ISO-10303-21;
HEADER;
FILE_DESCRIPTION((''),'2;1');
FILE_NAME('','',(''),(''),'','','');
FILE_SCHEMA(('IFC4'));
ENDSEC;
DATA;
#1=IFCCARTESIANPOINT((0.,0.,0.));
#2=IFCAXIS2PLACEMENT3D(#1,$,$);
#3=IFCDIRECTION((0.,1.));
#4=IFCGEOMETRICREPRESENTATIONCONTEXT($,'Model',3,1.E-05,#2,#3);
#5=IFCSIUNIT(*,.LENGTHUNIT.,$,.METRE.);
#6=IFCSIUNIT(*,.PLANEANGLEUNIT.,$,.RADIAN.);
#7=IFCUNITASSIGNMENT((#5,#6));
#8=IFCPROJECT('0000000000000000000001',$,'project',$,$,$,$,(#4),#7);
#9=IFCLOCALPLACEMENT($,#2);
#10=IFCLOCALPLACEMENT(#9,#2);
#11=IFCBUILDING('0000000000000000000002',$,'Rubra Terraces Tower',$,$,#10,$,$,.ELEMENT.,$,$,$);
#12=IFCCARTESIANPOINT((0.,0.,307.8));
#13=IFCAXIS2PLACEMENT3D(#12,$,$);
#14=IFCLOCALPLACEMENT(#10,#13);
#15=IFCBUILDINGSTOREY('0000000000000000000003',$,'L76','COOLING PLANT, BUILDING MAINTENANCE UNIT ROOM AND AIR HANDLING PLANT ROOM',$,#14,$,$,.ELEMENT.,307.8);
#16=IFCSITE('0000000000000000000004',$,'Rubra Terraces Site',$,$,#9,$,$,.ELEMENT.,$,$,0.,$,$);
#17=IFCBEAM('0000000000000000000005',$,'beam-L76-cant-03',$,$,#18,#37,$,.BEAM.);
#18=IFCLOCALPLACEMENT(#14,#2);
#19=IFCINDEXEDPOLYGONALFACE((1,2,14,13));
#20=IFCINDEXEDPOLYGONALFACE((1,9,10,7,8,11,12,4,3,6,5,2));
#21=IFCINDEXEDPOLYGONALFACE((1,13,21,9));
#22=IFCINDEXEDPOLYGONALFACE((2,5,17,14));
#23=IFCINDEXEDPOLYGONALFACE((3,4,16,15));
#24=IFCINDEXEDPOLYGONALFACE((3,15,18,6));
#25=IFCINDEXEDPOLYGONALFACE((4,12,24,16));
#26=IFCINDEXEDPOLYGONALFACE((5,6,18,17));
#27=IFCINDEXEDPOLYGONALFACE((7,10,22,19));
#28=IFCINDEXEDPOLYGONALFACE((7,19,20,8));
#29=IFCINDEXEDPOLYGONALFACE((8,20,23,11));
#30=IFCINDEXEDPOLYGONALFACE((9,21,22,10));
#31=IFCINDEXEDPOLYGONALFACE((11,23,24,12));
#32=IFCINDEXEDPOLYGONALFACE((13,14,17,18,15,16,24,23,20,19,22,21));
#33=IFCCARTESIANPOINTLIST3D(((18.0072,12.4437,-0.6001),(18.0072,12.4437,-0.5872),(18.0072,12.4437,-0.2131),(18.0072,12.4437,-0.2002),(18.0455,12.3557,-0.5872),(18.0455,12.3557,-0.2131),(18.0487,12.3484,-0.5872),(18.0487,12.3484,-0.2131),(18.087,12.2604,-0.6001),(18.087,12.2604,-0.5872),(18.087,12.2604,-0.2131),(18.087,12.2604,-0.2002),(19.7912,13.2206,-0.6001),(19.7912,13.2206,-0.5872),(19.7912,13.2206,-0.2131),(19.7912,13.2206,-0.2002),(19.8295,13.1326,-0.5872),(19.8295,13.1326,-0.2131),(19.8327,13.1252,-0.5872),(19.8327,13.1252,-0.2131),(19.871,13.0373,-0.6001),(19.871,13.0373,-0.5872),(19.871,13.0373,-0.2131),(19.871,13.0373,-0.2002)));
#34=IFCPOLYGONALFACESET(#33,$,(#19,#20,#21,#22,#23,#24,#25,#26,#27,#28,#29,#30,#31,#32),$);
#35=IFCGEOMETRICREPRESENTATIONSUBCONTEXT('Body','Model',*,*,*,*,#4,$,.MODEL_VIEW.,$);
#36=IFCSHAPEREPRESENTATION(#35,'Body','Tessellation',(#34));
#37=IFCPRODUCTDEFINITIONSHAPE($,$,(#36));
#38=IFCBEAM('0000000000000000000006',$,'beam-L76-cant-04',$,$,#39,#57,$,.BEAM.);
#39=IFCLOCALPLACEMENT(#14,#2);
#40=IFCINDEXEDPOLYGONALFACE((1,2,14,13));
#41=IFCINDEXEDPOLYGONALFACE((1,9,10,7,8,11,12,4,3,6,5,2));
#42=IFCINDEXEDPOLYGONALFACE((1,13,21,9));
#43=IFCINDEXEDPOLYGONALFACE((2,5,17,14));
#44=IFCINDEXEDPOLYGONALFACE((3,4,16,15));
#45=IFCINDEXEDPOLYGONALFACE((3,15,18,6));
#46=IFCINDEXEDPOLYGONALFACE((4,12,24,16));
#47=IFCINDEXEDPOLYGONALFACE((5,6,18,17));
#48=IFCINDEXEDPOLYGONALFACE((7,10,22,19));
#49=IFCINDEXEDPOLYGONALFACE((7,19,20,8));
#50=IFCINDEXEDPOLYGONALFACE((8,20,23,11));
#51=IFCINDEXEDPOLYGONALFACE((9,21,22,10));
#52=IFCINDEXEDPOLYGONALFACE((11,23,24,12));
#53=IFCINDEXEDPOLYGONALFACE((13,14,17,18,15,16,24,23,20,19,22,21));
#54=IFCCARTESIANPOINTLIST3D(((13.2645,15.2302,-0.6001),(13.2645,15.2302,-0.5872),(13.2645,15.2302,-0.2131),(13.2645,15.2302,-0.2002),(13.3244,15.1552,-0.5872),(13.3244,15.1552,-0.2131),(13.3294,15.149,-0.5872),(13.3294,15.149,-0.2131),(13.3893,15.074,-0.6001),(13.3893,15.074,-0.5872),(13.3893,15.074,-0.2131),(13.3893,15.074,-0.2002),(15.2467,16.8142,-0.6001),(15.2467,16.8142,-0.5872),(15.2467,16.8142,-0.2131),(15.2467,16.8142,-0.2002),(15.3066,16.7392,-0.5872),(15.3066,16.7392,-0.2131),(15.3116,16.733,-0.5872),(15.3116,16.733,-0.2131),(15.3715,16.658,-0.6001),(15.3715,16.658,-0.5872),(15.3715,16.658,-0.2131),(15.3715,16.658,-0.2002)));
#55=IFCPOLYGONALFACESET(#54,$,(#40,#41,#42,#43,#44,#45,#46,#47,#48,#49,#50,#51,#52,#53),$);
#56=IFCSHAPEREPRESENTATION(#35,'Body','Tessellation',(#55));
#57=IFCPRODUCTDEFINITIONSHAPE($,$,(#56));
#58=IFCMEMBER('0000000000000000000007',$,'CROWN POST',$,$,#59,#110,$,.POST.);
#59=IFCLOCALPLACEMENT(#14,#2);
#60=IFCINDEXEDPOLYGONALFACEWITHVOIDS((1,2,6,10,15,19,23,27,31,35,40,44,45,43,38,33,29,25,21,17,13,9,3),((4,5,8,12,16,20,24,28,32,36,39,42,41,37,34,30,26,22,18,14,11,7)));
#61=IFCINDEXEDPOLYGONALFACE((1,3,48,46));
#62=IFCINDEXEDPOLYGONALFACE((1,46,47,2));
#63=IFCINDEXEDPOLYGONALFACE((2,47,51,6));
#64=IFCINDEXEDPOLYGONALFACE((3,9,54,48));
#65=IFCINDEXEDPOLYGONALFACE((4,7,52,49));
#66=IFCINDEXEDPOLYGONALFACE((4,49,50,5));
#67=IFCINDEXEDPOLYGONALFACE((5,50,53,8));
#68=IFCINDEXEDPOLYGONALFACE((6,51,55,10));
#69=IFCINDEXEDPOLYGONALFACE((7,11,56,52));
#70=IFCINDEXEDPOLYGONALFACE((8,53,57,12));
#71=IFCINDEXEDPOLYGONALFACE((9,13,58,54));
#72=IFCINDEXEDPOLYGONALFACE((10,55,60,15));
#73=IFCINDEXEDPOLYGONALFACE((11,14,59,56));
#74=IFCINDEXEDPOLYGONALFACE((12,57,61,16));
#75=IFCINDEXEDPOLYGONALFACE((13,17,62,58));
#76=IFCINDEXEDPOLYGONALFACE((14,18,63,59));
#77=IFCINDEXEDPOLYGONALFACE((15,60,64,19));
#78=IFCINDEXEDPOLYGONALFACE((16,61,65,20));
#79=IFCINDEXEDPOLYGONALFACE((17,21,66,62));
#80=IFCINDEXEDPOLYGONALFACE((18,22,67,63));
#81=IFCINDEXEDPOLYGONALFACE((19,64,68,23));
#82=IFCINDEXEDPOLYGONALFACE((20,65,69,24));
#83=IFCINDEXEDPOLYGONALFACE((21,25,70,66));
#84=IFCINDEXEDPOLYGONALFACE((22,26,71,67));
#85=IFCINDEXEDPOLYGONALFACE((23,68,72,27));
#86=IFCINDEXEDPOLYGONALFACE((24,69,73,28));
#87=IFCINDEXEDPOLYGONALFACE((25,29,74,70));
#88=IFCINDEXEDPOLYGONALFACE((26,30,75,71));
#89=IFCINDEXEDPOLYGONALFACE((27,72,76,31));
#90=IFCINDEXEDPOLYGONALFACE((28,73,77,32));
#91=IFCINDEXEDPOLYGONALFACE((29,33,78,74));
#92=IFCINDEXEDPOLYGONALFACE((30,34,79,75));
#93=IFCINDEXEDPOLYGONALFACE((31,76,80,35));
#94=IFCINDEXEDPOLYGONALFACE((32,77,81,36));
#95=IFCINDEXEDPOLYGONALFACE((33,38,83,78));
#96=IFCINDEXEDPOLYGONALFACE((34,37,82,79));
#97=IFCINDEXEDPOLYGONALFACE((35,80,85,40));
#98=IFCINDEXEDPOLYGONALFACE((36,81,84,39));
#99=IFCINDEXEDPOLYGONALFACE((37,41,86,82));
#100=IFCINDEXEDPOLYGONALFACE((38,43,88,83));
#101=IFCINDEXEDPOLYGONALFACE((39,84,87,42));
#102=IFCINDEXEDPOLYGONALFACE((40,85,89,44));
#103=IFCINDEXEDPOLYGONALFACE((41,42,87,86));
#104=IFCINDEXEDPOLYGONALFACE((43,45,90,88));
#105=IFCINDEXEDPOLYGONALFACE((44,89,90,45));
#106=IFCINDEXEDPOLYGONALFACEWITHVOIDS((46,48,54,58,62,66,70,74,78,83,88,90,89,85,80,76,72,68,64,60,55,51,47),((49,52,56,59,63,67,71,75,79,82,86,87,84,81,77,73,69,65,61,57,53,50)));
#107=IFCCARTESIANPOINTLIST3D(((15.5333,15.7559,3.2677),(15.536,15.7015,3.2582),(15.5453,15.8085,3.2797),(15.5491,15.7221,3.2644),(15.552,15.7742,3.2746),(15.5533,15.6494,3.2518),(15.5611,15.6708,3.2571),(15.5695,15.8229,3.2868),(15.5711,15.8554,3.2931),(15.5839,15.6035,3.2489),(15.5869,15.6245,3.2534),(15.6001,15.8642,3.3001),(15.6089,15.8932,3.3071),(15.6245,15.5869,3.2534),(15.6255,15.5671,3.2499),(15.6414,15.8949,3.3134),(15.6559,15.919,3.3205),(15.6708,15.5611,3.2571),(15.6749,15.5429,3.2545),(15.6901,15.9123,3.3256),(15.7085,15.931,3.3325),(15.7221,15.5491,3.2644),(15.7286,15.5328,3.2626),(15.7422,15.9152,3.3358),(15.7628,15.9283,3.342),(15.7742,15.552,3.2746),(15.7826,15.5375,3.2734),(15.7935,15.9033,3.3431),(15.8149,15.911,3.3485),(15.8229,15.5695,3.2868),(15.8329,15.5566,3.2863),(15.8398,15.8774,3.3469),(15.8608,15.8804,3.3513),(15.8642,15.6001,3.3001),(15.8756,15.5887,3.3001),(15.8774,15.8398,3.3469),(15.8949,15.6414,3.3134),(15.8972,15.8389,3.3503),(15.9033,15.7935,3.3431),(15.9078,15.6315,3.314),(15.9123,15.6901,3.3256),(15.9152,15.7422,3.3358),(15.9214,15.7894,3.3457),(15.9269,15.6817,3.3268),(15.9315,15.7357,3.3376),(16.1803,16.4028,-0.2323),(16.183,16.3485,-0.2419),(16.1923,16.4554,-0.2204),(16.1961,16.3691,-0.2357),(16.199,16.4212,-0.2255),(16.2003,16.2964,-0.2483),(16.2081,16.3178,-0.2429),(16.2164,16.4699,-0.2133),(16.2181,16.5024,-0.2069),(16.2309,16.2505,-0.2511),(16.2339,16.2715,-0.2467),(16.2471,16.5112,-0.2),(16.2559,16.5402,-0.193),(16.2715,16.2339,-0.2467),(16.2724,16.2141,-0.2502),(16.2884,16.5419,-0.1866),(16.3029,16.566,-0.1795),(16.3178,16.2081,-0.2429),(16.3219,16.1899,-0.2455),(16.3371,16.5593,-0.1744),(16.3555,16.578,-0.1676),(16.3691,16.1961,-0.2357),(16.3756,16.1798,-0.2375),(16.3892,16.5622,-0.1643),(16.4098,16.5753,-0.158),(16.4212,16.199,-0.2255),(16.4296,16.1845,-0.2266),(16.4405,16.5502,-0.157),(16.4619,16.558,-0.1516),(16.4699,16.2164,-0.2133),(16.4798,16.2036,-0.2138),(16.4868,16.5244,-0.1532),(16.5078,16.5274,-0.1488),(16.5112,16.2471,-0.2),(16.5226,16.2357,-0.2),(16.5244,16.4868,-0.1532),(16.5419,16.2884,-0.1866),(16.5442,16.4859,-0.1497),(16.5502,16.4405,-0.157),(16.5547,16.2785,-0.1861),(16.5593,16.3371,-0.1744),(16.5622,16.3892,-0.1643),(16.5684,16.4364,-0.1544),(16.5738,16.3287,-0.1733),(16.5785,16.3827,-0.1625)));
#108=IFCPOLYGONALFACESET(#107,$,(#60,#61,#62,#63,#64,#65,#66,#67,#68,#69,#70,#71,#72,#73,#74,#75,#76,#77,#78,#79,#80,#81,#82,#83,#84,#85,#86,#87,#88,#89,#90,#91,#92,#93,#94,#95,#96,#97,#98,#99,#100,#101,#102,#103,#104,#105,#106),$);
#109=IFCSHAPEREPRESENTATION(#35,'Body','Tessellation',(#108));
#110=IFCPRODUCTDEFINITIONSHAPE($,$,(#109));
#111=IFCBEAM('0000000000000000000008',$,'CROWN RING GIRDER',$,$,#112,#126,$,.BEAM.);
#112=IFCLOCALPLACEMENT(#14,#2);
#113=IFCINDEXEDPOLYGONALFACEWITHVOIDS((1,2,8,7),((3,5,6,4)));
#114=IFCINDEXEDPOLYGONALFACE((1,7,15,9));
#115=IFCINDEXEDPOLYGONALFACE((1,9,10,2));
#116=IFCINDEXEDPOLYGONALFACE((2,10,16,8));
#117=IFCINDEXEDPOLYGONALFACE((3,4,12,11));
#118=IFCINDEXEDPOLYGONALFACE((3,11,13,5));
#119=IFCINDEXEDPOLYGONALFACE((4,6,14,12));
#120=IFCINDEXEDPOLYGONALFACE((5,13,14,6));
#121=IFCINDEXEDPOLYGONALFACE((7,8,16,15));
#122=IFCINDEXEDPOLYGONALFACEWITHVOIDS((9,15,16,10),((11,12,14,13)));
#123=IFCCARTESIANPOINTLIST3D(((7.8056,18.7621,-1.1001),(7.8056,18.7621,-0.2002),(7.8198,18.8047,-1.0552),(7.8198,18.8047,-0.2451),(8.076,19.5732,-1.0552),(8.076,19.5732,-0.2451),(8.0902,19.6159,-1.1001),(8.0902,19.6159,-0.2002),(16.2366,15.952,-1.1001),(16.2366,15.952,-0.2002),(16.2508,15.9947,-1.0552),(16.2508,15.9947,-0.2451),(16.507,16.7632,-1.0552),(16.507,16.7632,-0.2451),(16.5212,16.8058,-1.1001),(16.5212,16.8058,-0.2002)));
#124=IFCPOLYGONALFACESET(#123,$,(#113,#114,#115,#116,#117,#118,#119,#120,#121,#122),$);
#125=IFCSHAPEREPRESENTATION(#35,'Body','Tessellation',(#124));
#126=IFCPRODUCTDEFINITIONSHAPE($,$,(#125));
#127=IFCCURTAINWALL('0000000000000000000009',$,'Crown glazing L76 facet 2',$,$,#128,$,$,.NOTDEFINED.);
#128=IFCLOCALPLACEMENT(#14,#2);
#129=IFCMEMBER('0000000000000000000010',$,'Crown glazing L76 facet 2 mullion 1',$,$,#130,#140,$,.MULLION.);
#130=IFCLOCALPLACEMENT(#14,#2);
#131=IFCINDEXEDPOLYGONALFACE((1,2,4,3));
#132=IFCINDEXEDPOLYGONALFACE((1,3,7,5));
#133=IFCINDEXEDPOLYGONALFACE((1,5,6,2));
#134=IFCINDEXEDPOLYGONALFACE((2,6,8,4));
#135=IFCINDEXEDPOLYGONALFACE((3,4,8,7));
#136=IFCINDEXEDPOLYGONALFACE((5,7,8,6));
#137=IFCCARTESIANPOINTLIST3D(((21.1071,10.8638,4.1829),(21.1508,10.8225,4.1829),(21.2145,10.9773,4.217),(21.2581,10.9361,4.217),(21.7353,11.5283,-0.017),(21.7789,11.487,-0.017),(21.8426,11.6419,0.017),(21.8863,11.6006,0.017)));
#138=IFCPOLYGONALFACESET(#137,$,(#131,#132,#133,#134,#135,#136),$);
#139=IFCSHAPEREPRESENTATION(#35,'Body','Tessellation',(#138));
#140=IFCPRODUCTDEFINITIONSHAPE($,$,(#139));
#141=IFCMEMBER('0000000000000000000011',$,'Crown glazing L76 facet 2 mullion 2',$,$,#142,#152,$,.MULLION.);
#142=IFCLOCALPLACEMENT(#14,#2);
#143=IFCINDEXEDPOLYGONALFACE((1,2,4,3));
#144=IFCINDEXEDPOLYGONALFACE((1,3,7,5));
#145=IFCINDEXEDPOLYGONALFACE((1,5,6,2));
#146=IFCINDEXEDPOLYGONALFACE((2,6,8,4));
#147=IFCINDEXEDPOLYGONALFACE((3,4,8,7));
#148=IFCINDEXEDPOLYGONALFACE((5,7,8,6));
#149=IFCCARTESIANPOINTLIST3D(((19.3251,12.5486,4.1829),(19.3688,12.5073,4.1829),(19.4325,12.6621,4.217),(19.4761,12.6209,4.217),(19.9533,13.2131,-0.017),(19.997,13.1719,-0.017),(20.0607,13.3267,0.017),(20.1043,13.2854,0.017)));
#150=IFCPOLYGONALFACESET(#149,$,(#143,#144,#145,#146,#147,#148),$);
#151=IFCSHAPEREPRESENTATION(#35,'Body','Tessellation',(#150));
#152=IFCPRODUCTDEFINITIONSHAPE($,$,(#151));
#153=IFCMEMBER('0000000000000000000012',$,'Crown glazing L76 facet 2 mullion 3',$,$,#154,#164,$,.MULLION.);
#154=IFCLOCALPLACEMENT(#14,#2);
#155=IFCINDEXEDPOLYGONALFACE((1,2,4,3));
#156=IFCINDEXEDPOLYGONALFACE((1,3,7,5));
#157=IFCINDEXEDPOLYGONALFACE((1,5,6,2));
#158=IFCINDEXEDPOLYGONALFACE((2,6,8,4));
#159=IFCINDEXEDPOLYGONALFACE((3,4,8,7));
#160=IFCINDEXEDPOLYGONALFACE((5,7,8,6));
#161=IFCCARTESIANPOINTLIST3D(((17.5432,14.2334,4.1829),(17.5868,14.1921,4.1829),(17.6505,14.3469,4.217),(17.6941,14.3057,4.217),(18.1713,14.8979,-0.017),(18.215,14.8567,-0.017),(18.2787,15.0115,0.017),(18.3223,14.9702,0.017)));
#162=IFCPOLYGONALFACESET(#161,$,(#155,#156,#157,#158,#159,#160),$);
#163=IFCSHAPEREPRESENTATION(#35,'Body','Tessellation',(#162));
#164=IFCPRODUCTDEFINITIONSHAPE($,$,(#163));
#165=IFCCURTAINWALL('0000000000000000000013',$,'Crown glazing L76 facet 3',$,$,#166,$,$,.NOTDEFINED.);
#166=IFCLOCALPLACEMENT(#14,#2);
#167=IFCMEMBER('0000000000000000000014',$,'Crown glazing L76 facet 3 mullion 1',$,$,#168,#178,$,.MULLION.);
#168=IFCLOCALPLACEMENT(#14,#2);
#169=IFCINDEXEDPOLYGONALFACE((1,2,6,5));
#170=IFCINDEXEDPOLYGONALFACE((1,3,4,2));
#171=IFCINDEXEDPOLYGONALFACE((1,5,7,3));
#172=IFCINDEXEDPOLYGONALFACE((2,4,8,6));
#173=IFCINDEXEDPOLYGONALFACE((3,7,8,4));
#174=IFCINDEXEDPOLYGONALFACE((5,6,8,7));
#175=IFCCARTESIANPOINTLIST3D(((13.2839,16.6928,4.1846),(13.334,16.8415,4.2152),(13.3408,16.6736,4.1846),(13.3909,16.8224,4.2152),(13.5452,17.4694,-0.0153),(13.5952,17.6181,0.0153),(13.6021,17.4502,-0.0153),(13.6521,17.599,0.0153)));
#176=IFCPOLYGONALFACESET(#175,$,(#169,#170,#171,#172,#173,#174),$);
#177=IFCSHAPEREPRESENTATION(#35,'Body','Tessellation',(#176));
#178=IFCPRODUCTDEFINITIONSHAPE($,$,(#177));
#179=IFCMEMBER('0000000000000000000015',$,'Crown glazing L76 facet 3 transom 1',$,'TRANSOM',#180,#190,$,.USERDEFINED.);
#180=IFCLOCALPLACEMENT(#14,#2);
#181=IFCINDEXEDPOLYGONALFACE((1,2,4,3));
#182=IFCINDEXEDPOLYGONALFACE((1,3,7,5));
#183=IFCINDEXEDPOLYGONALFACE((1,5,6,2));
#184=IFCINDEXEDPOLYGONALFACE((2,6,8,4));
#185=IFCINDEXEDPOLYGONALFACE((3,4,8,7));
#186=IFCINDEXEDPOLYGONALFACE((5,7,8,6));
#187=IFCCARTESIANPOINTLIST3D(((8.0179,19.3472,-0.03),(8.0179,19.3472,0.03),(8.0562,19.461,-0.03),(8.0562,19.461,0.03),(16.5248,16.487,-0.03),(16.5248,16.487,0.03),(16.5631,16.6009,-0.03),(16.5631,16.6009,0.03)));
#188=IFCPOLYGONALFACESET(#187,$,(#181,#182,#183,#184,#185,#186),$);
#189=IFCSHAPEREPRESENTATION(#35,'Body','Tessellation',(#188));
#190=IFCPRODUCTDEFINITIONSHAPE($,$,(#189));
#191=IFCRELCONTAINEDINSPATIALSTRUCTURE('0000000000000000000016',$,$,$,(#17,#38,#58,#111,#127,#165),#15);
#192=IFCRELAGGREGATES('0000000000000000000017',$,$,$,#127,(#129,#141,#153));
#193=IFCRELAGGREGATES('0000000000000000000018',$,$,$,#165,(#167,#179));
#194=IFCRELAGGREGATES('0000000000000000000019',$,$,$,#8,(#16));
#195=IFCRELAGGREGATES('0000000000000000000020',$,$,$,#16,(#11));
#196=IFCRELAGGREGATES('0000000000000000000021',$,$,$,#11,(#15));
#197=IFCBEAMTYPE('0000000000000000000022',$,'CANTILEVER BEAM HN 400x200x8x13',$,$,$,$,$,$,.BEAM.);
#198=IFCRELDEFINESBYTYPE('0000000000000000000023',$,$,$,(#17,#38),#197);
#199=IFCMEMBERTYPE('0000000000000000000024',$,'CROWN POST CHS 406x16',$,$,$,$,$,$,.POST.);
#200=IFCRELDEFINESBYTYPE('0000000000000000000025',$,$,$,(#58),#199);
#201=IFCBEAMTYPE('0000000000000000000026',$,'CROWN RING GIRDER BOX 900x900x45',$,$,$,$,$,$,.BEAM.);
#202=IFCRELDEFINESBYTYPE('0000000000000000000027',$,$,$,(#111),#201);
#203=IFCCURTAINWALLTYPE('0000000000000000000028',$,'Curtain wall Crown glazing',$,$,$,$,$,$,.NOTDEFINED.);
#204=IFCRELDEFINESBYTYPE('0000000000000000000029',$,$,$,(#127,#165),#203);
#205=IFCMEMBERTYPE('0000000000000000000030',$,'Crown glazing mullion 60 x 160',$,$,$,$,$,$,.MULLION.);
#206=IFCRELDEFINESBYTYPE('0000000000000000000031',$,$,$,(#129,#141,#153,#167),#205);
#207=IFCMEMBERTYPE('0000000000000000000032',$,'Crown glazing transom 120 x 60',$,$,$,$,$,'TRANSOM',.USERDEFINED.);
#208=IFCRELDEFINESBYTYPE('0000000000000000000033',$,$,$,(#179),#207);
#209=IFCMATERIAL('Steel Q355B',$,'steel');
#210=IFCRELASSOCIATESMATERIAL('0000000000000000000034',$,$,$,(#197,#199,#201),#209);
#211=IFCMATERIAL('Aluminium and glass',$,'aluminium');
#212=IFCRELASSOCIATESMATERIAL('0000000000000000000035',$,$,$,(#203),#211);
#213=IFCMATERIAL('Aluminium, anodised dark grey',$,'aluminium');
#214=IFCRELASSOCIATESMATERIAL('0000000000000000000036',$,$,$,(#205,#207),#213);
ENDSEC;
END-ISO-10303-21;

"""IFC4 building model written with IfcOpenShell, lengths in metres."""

from ifc_helpers import new_model, si_unit, direction, frame, origin, origin_2d, place, context, subcontext, project, spatial, rectangle, hollow_rectangle, hollow_circle, i_section, extrude, material, material_profile, profile_set, type_object, element, aggregate, save


model = new_model("IFC4")

# Units and contexts
model_context = context("Model", 3, precision=1e-05, world=origin(), true_north=direction((0.0, 1.0)))
body_context = subcontext(model_context, "Body", "Model", "MODEL_VIEW")
ifc_project = project(units=[si_unit("LENGTHUNIT", "METRE"), si_unit("PLANEANGLEUNIT", "RADIAN")], contexts=[model_context])

# Site, building, storey
site_placement = place(None, origin())
site = spatial("IfcSite", under=ifc_project, at=site_placement, Name="Rubra Terraces Site", CompositionType="ELEMENT", RefElevation=0.0)
building_placement = place(site_placement, origin())
building = spatial("IfcBuilding", under=site, at=building_placement, Name="Rubra Terraces Tower", CompositionType="ELEMENT")
storey_placement = place(building_placement, frame((0.0, 0.0, 307.8)))
storey = spatial("IfcBuildingStorey", under=building, at=storey_placement, Name="L76", Description="COOLING PLANT, BUILDING MAINTENANCE UNIT ROOM AND AIR HANDLING PLANT ROOM", CompositionType="ELEMENT", Elevation=307.8)

# Beams
ifc_material_1 = material(Name="Steel Q355B", Category="steel")
ifc_material_profile_1 = material_profile(ifc_material_1, i_section(OverallWidth=0.2, OverallDepth=0.3999, WebThickness=0.0081, FlangeThickness=0.0129, at=origin_2d()), Name="HN 400x200x8x13")
ifc_profile_set_1 = profile_set([ifc_material_profile_1], Name="Steel Q355B")
beam_type_1 = type_object("IfcBeamType", Name="CANTILEVER BEAM HN 400x200x8x13", PredefinedType="BEAM", material=ifc_profile_set_1)
beam_1_placement = place(storey_placement, frame((18.0471, 12.3521, -0.4001), z_axis=(0.916839, 0.399258, 0.0), x_axis=(-0.399258, 0.916839, 0.0)))
element("IfcBeam", 1, at=beam_1_placement, inside=storey, type_object=beam_type_1, Name="beam-L76-cant-03", PredefinedType="BEAM", context=body_context, shape_type="SweptSolid", body=[
    extrude(i_section(OverallWidth=0.2, OverallDepth=0.3999, WebThickness=0.0081, FlangeThickness=0.0129, at=origin_2d()), origin(), (0.0, 0.0, 1.0), 1.9458),
])
beam_2_placement = place(storey_placement, frame((13.3269, 15.1521, -0.4001), z_axis=(0.781207, 0.624273, 0.0), x_axis=(-0.624273, 0.781207, 0.0)))
element("IfcBeam", 2, at=beam_2_placement, inside=storey, type_object=beam_type_1, Name="beam-L76-cant-04", PredefinedType="BEAM", context=body_context, shape_type="SweptSolid", body=[
    extrude(i_section(OverallWidth=0.2, OverallDepth=0.3999, WebThickness=0.0081, FlangeThickness=0.0129, at=origin_2d()), origin(), (0.0, 0.0, 1.0), 2.5374),
])

# Member
ifc_material_profile_2 = material_profile(ifc_material_1, hollow_circle(Radius=0.2029, WallThickness=0.0161, at=origin_2d()), Name="CHS 406x16")
ifc_profile_set_2 = profile_set([ifc_material_profile_2], Name="Steel Q355B")
member_type_1 = type_object("IfcMemberType", Name="CROWN POST CHS 406x16", PredefinedType="POST", material=ifc_profile_set_2)
member_1_placement = place(storey_placement, frame((16.3792, 16.3792, -0.2), z_axis=(-0.178839, -0.178839, 0.967488), x_axis=(0.707107, -0.707107, 0.0)))
element("IfcMember", 3, at=member_1_placement, inside=storey, type_object=member_type_1, Name="CROWN POST", PredefinedType="POST", context=body_context, shape_type="SweptSolid", body=[
    extrude(hollow_circle(Radius=0.2029, WallThickness=0.0161, at=origin_2d()), origin(), (0.0, 0.0, 1.0), 3.6177),
])

# Beam
ifc_material_profile_3 = material_profile(ifc_material_1, hollow_rectangle(XDim=0.8999, YDim=0.8999, WallThickness=0.0449, at=origin_2d()), Name="BOX 900x900x45")
ifc_profile_set_3 = profile_set([ifc_material_profile_3], Name="Steel Q355B")
beam_type_2 = type_object("IfcBeamType", Name="CROWN RING GIRDER BOX 900x900x45", PredefinedType="BEAM", material=ifc_profile_set_3)
beam_3_placement = place(storey_placement, frame((16.3789, 16.3789, -0.6501), z_axis=(-0.948692, 0.316203, 0.0), x_axis=(-0.316203, -0.948692, 0.0)))
element("IfcBeam", 4, at=beam_3_placement, inside=storey, type_object=beam_type_2, Name="CROWN RING GIRDER", PredefinedType="BEAM", context=body_context, shape_type="SweptSolid", body=[
    extrude(hollow_rectangle(XDim=0.8999, YDim=0.8999, WallThickness=0.0449, at=origin_2d()), origin(), (0.0, 0.0, 1.0), 8.887),
])

# Curtain walls, members
ifc_material_2 = material(Name="Aluminium and glass", Category="aluminium")
curtain_wall_type = type_object("IfcCurtainWallType", Name="Curtain wall Crown glazing", PredefinedType="NOTDEFINED", material=ifc_material_2)
curtain_wall_1_placement = place(storey_placement, origin())
curtain_wall_1 = element("IfcCurtainWall", 5, at=curtain_wall_1_placement, inside=storey, type_object=curtain_wall_type, Name="Crown glazing L76 facet 2", PredefinedType="NOTDEFINED")
ifc_material_3 = material(Name="Aluminium, anodised dark grey", Category="aluminium")
ifc_material_profile_4 = material_profile(ifc_material_3, rectangle(XDim=0.0601, YDim=0.1599, at=origin_2d()), Name="AL 60x160")
ifc_profile_set_4 = profile_set([ifc_material_profile_4], Name="Aluminium, anodised dark grey")
member_type_2 = type_object("IfcMemberType", Name="Crown glazing mullion 60 x 160", PredefinedType="MULLION", material=ifc_profile_set_4)
member_2_placement = place(storey_placement, frame((21.8108, 11.5645, 0.0), z_axis=(-0.146143, -0.154606, 0.977108), x_axis=(0.726717, -0.686937, 0.0)))
member_2 = element("IfcMember", 6, at=member_2_placement, type_object=member_type_2, Name="Crown glazing L76 facet 2 mullion 1", PredefinedType="MULLION", context=body_context, shape_type="SweptSolid", body=[
    extrude(rectangle(XDim=0.0601, YDim=0.1599, at=origin_2d()), origin(), (0.0, 0.0, 1.0), 4.2983),
])
member_3_placement = place(storey_placement, frame((20.0288, 13.2493, 0.0), z_axis=(-0.146143, -0.154606, 0.977108), x_axis=(0.726717, -0.686937, 0.0)))
member_3 = element("IfcMember", 7, at=member_3_placement, type_object=member_type_2, Name="Crown glazing L76 facet 2 mullion 2", PredefinedType="MULLION", context=body_context, shape_type="SweptSolid", body=[
    extrude(rectangle(XDim=0.0601, YDim=0.1599, at=origin_2d()), origin(), (0.0, 0.0, 1.0), 4.2983),
])
member_4_placement = place(storey_placement, frame((18.2468, 14.9341, 0.0), z_axis=(-0.146143, -0.154606, 0.977108), x_axis=(0.726717, -0.686937, 0.0)))
member_4 = element("IfcMember", 8, at=member_4_placement, type_object=member_type_2, Name="Crown glazing L76 facet 2 mullion 3", PredefinedType="MULLION", context=body_context, shape_type="SweptSolid", body=[
    extrude(rectangle(XDim=0.0601, YDim=0.1599, at=origin_2d()), origin(), (0.0, 0.0, 1.0), 4.2983),
])
curtain_wall_2_placement = place(storey_placement, origin())
curtain_wall_2 = element("IfcCurtainWall", 9, at=curtain_wall_2_placement, inside=storey, type_object=curtain_wall_type, Name="Crown glazing L76 facet 3", PredefinedType="NOTDEFINED")
member_5_placement = place(storey_placement, frame((13.5986, 17.5342, 0.0), z_axis=(-0.061048, -0.181488, 0.981496), x_axis=(0.947816, -0.318819, 0.0)))
member_5 = element("IfcMember", 10, at=member_5_placement, type_object=member_type_2, Name="Crown glazing L76 facet 3 mullion 1", PredefinedType="MULLION", context=body_context, shape_type="SweptSolid", body=[
    extrude(rectangle(XDim=0.0601, YDim=0.1599, at=origin_2d()), origin(), (0.0, 0.0, 1.0), 4.2791),
])
ifc_material_profile_5 = material_profile(ifc_material_3, rectangle(XDim=0.1201, YDim=0.0601, at=origin_2d()), Name="AL 120x60")
ifc_profile_set_5 = profile_set([ifc_material_profile_5], Name="Aluminium, anodised dark grey")
member_type_3 = type_object("IfcMemberType", Name="Crown glazing transom 120 x 60", ElementType="TRANSOM", PredefinedType="USERDEFINED", material=ifc_profile_set_5)
member_6_placement = place(storey_placement, frame((16.5439, 16.5439, 0.0), z_axis=(-0.947861, 0.318683, 0.0), x_axis=(-0.318683, -0.947861, 0.0)))
member_6 = element("IfcMember", 11, at=member_6_placement, type_object=member_type_3, Name="Crown glazing L76 facet 3 transom 1", ObjectType="TRANSOM", PredefinedType="USERDEFINED", context=body_context, shape_type="SweptSolid", body=[
    extrude(rectangle(XDim=0.1201, YDim=0.0601, at=origin_2d()), origin(), (0.0, 0.0, 1.0), 8.9749),
])

aggregate(curtain_wall_1, [member_2, member_3, member_4])
aggregate(curtain_wall_2, [member_5, member_6])

save(model, "model.ifc")
